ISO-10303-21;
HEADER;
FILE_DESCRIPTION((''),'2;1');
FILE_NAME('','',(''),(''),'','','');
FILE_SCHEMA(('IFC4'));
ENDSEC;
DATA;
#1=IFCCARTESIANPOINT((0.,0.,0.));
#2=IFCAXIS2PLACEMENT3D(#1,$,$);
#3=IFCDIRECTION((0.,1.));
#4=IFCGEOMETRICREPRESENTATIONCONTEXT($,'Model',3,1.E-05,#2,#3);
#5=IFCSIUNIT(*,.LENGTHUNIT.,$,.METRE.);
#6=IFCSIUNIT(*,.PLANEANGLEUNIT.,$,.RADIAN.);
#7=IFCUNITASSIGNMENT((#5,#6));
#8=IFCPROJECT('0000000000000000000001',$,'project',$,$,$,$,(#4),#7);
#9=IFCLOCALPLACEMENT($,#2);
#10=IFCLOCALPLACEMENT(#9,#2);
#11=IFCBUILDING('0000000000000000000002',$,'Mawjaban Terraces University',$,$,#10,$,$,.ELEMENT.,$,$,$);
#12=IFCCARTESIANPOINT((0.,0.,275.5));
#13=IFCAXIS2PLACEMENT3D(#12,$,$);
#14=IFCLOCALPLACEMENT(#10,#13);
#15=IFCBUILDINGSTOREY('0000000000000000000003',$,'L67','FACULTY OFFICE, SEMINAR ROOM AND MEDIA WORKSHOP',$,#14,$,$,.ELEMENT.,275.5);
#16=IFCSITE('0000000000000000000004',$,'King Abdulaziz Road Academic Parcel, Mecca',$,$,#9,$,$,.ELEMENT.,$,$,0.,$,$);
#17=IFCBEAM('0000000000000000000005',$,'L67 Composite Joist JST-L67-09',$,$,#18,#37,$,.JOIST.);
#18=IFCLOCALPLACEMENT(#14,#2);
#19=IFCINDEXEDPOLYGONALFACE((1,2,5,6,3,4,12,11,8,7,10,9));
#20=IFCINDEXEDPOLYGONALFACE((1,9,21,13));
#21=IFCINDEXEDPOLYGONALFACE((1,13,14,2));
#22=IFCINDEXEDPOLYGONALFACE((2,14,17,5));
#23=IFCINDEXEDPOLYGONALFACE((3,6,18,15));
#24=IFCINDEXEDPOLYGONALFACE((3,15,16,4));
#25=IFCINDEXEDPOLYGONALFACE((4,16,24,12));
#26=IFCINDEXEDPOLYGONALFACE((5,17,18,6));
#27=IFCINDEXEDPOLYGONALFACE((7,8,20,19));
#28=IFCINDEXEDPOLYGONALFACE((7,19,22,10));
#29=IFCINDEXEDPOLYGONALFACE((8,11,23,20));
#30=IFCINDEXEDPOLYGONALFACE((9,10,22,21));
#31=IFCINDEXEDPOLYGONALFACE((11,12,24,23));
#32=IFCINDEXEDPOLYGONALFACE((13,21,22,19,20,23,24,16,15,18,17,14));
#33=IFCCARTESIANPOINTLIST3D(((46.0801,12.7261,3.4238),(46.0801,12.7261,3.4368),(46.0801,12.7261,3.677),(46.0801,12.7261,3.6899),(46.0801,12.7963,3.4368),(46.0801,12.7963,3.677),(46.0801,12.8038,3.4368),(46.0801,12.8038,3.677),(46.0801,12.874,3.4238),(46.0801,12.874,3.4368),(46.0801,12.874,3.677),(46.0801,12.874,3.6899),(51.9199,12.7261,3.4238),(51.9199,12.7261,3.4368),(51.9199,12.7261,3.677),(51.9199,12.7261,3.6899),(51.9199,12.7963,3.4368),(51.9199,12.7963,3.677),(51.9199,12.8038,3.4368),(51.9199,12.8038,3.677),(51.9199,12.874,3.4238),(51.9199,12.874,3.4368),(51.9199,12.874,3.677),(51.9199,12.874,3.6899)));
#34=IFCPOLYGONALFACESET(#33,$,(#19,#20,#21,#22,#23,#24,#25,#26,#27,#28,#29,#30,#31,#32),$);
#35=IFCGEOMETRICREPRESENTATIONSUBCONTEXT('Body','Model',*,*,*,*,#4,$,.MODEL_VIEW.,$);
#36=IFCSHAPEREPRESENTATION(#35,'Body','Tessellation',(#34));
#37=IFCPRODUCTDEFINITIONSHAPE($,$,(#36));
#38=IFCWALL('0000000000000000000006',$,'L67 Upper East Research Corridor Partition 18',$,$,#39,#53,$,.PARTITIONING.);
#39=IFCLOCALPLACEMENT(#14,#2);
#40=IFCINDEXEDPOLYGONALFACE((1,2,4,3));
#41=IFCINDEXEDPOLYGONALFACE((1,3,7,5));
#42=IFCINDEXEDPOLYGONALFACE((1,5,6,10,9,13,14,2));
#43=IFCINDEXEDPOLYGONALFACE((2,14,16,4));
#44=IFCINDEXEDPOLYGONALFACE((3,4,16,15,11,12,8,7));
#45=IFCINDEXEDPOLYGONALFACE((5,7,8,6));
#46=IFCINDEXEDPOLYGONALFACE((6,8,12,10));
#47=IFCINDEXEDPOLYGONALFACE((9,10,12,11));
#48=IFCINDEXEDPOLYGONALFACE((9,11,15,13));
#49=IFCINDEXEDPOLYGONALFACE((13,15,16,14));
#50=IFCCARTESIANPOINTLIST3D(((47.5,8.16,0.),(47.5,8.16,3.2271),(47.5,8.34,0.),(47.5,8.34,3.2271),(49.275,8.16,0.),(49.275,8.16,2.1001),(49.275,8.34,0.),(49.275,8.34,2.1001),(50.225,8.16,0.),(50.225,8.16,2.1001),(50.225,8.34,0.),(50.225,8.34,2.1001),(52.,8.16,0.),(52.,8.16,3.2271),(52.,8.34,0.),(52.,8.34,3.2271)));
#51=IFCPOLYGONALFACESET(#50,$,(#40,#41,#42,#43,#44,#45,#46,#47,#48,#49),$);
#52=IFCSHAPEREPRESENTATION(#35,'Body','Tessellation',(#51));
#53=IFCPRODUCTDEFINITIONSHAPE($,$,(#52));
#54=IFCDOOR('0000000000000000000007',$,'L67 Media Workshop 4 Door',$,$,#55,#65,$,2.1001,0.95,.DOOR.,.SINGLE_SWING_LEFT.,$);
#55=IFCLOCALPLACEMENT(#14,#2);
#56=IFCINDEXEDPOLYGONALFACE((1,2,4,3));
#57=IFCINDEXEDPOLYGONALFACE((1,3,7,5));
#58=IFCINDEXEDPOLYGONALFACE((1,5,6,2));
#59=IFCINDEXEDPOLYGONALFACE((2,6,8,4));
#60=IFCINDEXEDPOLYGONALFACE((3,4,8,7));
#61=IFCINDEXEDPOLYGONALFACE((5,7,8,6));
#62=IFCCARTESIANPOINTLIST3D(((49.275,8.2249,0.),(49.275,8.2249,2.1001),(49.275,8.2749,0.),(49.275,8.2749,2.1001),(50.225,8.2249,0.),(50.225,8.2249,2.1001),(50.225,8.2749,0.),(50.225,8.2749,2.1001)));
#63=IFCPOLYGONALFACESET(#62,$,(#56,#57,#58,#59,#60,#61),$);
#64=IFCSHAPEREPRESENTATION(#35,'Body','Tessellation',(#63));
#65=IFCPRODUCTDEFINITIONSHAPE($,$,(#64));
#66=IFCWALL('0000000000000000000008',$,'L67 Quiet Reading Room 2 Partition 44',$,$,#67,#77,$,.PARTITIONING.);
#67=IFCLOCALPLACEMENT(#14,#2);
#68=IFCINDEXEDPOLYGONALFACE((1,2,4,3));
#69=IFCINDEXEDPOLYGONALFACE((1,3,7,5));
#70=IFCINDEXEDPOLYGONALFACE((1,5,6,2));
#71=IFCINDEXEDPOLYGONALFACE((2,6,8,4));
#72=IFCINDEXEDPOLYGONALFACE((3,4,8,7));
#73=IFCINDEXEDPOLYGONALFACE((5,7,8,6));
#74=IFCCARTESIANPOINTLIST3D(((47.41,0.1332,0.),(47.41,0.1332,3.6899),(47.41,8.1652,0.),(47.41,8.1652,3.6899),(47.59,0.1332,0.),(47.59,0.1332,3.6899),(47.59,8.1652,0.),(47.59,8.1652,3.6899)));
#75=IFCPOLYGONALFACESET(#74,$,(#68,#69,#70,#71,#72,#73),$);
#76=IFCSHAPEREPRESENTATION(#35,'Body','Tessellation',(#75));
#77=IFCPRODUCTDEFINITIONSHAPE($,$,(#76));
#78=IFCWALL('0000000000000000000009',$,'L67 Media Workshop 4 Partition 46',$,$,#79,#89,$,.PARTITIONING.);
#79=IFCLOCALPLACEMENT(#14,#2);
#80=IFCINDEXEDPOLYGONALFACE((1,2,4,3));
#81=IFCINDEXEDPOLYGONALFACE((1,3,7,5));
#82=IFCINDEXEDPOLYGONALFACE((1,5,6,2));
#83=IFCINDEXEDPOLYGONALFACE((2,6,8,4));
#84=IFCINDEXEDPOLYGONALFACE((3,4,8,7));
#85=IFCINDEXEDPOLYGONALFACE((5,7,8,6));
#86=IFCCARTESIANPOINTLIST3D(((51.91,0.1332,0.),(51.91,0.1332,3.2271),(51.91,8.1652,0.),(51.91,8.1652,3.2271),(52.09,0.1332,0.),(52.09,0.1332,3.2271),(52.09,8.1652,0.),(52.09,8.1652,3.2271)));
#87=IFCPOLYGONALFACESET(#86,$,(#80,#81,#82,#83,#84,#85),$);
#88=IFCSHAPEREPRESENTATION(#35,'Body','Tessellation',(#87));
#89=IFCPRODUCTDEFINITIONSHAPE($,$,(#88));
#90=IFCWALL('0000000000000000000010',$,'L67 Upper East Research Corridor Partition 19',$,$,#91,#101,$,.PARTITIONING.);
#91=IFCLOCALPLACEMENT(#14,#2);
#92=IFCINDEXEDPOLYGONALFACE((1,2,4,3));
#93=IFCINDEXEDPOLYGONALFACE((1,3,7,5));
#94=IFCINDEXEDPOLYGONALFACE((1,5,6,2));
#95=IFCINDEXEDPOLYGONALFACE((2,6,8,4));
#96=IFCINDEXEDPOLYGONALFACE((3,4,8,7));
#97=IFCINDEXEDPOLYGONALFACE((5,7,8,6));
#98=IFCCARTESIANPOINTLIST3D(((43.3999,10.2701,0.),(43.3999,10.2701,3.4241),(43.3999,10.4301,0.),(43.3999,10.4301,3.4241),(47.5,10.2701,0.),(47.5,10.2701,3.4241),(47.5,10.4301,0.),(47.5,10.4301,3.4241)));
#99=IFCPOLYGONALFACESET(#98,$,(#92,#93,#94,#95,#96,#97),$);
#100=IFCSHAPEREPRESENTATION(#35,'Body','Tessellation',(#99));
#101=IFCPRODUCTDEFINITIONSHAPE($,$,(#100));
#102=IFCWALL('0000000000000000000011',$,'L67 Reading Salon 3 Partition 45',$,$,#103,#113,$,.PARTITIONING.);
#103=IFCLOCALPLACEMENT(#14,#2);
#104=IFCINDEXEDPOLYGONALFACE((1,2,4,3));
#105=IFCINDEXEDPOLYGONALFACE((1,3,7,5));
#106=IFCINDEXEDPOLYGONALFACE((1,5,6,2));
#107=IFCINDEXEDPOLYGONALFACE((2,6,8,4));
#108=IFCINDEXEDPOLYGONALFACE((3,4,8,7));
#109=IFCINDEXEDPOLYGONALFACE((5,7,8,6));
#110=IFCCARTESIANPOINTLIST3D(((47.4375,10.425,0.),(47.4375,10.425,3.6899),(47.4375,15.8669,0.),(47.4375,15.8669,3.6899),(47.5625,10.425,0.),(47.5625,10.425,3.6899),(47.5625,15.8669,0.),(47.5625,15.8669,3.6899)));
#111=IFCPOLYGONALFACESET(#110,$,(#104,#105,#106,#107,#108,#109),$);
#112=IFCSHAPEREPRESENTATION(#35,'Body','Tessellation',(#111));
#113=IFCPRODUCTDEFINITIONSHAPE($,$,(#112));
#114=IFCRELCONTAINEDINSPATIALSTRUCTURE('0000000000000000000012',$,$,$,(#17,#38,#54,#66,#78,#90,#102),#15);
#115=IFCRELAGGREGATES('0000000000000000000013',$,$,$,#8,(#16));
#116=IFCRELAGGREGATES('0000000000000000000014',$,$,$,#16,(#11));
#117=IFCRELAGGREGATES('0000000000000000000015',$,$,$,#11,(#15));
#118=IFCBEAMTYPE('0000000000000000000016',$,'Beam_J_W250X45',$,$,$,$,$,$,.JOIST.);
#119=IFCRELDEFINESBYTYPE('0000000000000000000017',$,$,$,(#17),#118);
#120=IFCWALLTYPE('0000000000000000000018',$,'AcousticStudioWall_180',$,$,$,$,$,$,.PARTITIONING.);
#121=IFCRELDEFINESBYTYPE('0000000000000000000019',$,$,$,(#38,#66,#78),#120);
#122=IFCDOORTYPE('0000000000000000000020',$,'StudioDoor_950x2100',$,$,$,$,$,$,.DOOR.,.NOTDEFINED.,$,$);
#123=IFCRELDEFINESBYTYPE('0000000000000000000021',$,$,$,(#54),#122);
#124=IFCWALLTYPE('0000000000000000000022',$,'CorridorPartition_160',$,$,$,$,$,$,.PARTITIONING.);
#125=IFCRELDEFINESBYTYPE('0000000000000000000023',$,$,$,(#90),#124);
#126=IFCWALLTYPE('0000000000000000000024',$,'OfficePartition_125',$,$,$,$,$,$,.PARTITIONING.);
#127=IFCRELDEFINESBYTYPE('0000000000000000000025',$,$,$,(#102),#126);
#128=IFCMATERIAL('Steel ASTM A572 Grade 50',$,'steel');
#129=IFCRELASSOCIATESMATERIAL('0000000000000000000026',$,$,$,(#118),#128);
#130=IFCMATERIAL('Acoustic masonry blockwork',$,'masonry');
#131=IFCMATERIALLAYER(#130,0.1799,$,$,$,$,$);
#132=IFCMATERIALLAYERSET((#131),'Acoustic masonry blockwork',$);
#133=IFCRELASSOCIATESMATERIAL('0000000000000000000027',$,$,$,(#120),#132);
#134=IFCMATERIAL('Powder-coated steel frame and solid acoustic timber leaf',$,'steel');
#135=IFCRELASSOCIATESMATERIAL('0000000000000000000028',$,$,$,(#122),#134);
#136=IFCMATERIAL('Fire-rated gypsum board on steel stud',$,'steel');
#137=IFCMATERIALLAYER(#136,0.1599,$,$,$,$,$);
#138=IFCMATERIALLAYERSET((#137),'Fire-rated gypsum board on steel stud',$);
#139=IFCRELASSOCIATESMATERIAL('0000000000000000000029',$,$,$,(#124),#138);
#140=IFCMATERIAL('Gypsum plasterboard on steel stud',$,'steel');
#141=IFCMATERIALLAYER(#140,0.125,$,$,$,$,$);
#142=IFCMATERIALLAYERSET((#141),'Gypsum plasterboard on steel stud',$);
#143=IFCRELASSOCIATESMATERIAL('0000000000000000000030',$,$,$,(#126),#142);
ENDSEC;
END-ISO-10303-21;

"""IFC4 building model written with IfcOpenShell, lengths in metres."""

from ifc_helpers import new_model, si_unit, direction, frame, frame_2d, origin, origin_2d, place, context, subcontext, project, spatial, rectangle, i_section, extrude, material, layer, layer_set, material_profile, profile_set, type_object, element, fill, save


model = new_model("IFC4")

# Units and contexts
model_context = context("Model", 3, precision=1e-05, world=origin(), true_north=direction((0.0, 1.0)))
body_context = subcontext(model_context, "Body", "Model", "MODEL_VIEW")
ifc_project = project(units=[si_unit("LENGTHUNIT", "METRE"), si_unit("PLANEANGLEUNIT", "RADIAN")], contexts=[model_context])

# Site, building, storey
site_placement = place(None, origin())
site = spatial("IfcSite", under=ifc_project, at=site_placement, Name="King Abdulaziz Road Academic Parcel, Mecca", CompositionType="ELEMENT", RefElevation=0.0)
building_placement = place(site_placement, origin())
building = spatial("IfcBuilding", under=site, at=building_placement, Name="Mawjaban Terraces University", CompositionType="ELEMENT")
storey_placement = place(building_placement, frame((0.0, 0.0, 275.5)))
storey = spatial("IfcBuildingStorey", under=building, at=storey_placement, Name="L67", Description="FACULTY OFFICE, SEMINAR ROOM AND MEDIA WORKSHOP", CompositionType="ELEMENT", Elevation=275.5)

# Beam
ifc_material_1 = material(Name="Steel ASTM A572 Grade 50", Category="steel")
ifc_material_profile_1 = material_profile(ifc_material_1, i_section(OverallWidth=0.1479, OverallDepth=0.2661, WebThickness=0.0076, FlangeThickness=0.0129, at=origin_2d()), Name="W250X45")
ifc_profile_set_1 = profile_set([ifc_material_profile_1], Name="Steel ASTM A572 Grade 50")
beam_type_1 = type_object("IfcBeamType", Name="Beam_J_W250X45", PredefinedType="JOIST", material=ifc_profile_set_1)
for number, where, z_axis, x_axis, name in (
    (1, (46.0801, 12.8, 3.5569), (1.0, 0.0, 0.0), (0.0, 1.0, 0.0), "L67 Composite Joist JST-L67-09"),
):
    element("IfcBeam", number, at=place(storey_placement, frame(where, z_axis=z_axis, x_axis=x_axis)), inside=storey, type_object=beam_type_1, Name=name, PredefinedType="JOIST", context=body_context, shape_type="SweptSolid", body=[
        extrude(i_section(OverallWidth=0.1479, OverallDepth=0.2661, WebThickness=0.0076, FlangeThickness=0.0129, at=origin_2d()), origin(), (0.0, 0.0, 1.0), 5.8398),
    ])

# Wall, opening, door
ifc_material_2 = material(Name="Acoustic masonry blockwork", Category="masonry")
ifc_layer_1 = layer(ifc_material_2, 0.1799)
ifc_layer_set_1 = layer_set([ifc_layer_1], Name="Acoustic masonry blockwork")
wall_type_1 = type_object("IfcWallType", Name="AcousticStudioWall_180", PredefinedType="PARTITIONING", material=ifc_layer_set_1)
wall_1_placement = place(storey_placement, frame((47.5, 8.25, 0.0), z_axis=(0.0, 0.0, 1.0), x_axis=(1.0, 0.0, 0.0)))
wall_1 = element("IfcWall", 2, at=wall_1_placement, inside=storey, type_object=wall_type_1, Name="L67 Upper East Research Corridor Partition 18", PredefinedType="PARTITIONING", context=body_context, shape_type="SweptSolid", body=[
    extrude(rectangle(XDim=4.5, YDim=0.1799, at=frame_2d((2.25, 0.0))), origin(), (0.0, 0.0, 1.0), 3.2271),
])
opening_placement = place(wall_1_placement, frame((1.7749, 0.0, 0.0)))
opening = element("IfcOpeningElement", 3, at=opening_placement, cuts=wall_1, PredefinedType="OPENING", context=body_context, shape_type="SweptSolid", body=[
    extrude(rectangle(XDim=0.95, YDim=2.1001, at=frame_2d((0.4751, 1.05))), frame((0.0, 0.0999, 0.0), z_axis=(0.0, -1.0, 0.0), x_axis=(1.0, 0.0, 0.0)), (0.0, 0.0, 1.0), 0.2),
])
ifc_material_3 = material(Name="Powder-coated steel frame and solid acoustic timber leaf", Category="steel")
door_type = type_object("IfcDoorType", Name="StudioDoor_950x2100", OperationType="NOTDEFINED", PredefinedType="DOOR", material=ifc_material_3)
door_placement = place(opening_placement, origin())
door = element("IfcDoor", 4, at=door_placement, inside=storey, type_object=door_type, Name="L67 Media Workshop 4 Door", OperationType="SINGLE_SWING_LEFT", OverallHeight=2.1001, OverallWidth=0.95, PredefinedType="DOOR", context=body_context, shape_type="SweptSolid", body=[
    extrude(rectangle(XDim=0.95, YDim=2.1001, at=frame_2d((0.4751, 1.05))), frame((0.0, 0.0249, 0.0), z_axis=(0.0, -1.0, 0.0), x_axis=(1.0, 0.0, 0.0)), (0.0, 0.0, 1.0), 0.05),
])
fill(opening, door)

# Walls
wall_2_placement = place(storey_placement, frame((47.5, 0.1331, 0.0), z_axis=(0.0, 0.0, 1.0), x_axis=(0.0, 1.0, 0.0)))
element("IfcWall", 5, at=wall_2_placement, inside=storey, type_object=wall_type_1, Name="L67 Quiet Reading Room 2 Partition 44", PredefinedType="PARTITIONING", context=body_context, shape_type="SweptSolid", body=[
    extrude(rectangle(XDim=8.032, YDim=0.1799, at=frame_2d((4.0161, 0.0))), origin(), (0.0, 0.0, 1.0), 3.6899),
])
wall_3_placement = place(storey_placement, frame((52.0, 0.1331, 0.0), z_axis=(0.0, 0.0, 1.0), x_axis=(0.0, 1.0, 0.0)))
element("IfcWall", 6, at=wall_3_placement, inside=storey, type_object=wall_type_1, Name="L67 Media Workshop 4 Partition 46", PredefinedType="PARTITIONING", context=body_context, shape_type="SweptSolid", body=[
    extrude(rectangle(XDim=8.032, YDim=0.1799, at=frame_2d((4.0161, 0.0))), origin(), (0.0, 0.0, 1.0), 3.2271),
])
ifc_material_4 = material(Name="Fire-rated gypsum board on steel stud", Category="steel")
ifc_layer_2 = layer(ifc_material_4, 0.1599)
ifc_layer_set_2 = layer_set([ifc_layer_2], Name="Fire-rated gypsum board on steel stud")
wall_type_2 = type_object("IfcWallType", Name="CorridorPartition_160", PredefinedType="PARTITIONING", material=ifc_layer_set_2)
wall_4_placement = place(storey_placement, frame((47.5, 10.3501, 0.0), z_axis=(0.0, 0.0, 1.0), x_axis=(-1.0, 0.0, 0.0)))
element("IfcWall", 7, at=wall_4_placement, inside=storey, type_object=wall_type_2, Name="L67 Upper East Research Corridor Partition 19", PredefinedType="PARTITIONING", context=body_context, shape_type="SweptSolid", body=[
    extrude(rectangle(XDim=4.1001, YDim=0.1599, at=frame_2d((2.05, 0.0))), origin(), (0.0, 0.0, 1.0), 3.4241),
])
ifc_material_5 = material(Name="Gypsum plasterboard on steel stud", Category="steel")
ifc_layer_3 = layer(ifc_material_5, 0.125)
ifc_layer_set_3 = layer_set([ifc_layer_3], Name="Gypsum plasterboard on steel stud")
wall_type_3 = type_object("IfcWallType", Name="OfficePartition_125", PredefinedType="PARTITIONING", material=ifc_layer_set_3)
wall_5_placement = place(storey_placement, frame((47.5, 10.425, 0.0), z_axis=(0.0, 0.0, 1.0), x_axis=(0.0, 1.0, 0.0)))
element("IfcWall", 8, at=wall_5_placement, inside=storey, type_object=wall_type_3, Name="L67 Reading Salon 3 Partition 45", PredefinedType="PARTITIONING", context=body_context, shape_type="SweptSolid", body=[
    extrude(rectangle(XDim=5.4419, YDim=0.125, at=frame_2d((2.7209, 0.0))), origin(), (0.0, 0.0, 1.0), 3.6899),
])

save(model, "model.ifc")
